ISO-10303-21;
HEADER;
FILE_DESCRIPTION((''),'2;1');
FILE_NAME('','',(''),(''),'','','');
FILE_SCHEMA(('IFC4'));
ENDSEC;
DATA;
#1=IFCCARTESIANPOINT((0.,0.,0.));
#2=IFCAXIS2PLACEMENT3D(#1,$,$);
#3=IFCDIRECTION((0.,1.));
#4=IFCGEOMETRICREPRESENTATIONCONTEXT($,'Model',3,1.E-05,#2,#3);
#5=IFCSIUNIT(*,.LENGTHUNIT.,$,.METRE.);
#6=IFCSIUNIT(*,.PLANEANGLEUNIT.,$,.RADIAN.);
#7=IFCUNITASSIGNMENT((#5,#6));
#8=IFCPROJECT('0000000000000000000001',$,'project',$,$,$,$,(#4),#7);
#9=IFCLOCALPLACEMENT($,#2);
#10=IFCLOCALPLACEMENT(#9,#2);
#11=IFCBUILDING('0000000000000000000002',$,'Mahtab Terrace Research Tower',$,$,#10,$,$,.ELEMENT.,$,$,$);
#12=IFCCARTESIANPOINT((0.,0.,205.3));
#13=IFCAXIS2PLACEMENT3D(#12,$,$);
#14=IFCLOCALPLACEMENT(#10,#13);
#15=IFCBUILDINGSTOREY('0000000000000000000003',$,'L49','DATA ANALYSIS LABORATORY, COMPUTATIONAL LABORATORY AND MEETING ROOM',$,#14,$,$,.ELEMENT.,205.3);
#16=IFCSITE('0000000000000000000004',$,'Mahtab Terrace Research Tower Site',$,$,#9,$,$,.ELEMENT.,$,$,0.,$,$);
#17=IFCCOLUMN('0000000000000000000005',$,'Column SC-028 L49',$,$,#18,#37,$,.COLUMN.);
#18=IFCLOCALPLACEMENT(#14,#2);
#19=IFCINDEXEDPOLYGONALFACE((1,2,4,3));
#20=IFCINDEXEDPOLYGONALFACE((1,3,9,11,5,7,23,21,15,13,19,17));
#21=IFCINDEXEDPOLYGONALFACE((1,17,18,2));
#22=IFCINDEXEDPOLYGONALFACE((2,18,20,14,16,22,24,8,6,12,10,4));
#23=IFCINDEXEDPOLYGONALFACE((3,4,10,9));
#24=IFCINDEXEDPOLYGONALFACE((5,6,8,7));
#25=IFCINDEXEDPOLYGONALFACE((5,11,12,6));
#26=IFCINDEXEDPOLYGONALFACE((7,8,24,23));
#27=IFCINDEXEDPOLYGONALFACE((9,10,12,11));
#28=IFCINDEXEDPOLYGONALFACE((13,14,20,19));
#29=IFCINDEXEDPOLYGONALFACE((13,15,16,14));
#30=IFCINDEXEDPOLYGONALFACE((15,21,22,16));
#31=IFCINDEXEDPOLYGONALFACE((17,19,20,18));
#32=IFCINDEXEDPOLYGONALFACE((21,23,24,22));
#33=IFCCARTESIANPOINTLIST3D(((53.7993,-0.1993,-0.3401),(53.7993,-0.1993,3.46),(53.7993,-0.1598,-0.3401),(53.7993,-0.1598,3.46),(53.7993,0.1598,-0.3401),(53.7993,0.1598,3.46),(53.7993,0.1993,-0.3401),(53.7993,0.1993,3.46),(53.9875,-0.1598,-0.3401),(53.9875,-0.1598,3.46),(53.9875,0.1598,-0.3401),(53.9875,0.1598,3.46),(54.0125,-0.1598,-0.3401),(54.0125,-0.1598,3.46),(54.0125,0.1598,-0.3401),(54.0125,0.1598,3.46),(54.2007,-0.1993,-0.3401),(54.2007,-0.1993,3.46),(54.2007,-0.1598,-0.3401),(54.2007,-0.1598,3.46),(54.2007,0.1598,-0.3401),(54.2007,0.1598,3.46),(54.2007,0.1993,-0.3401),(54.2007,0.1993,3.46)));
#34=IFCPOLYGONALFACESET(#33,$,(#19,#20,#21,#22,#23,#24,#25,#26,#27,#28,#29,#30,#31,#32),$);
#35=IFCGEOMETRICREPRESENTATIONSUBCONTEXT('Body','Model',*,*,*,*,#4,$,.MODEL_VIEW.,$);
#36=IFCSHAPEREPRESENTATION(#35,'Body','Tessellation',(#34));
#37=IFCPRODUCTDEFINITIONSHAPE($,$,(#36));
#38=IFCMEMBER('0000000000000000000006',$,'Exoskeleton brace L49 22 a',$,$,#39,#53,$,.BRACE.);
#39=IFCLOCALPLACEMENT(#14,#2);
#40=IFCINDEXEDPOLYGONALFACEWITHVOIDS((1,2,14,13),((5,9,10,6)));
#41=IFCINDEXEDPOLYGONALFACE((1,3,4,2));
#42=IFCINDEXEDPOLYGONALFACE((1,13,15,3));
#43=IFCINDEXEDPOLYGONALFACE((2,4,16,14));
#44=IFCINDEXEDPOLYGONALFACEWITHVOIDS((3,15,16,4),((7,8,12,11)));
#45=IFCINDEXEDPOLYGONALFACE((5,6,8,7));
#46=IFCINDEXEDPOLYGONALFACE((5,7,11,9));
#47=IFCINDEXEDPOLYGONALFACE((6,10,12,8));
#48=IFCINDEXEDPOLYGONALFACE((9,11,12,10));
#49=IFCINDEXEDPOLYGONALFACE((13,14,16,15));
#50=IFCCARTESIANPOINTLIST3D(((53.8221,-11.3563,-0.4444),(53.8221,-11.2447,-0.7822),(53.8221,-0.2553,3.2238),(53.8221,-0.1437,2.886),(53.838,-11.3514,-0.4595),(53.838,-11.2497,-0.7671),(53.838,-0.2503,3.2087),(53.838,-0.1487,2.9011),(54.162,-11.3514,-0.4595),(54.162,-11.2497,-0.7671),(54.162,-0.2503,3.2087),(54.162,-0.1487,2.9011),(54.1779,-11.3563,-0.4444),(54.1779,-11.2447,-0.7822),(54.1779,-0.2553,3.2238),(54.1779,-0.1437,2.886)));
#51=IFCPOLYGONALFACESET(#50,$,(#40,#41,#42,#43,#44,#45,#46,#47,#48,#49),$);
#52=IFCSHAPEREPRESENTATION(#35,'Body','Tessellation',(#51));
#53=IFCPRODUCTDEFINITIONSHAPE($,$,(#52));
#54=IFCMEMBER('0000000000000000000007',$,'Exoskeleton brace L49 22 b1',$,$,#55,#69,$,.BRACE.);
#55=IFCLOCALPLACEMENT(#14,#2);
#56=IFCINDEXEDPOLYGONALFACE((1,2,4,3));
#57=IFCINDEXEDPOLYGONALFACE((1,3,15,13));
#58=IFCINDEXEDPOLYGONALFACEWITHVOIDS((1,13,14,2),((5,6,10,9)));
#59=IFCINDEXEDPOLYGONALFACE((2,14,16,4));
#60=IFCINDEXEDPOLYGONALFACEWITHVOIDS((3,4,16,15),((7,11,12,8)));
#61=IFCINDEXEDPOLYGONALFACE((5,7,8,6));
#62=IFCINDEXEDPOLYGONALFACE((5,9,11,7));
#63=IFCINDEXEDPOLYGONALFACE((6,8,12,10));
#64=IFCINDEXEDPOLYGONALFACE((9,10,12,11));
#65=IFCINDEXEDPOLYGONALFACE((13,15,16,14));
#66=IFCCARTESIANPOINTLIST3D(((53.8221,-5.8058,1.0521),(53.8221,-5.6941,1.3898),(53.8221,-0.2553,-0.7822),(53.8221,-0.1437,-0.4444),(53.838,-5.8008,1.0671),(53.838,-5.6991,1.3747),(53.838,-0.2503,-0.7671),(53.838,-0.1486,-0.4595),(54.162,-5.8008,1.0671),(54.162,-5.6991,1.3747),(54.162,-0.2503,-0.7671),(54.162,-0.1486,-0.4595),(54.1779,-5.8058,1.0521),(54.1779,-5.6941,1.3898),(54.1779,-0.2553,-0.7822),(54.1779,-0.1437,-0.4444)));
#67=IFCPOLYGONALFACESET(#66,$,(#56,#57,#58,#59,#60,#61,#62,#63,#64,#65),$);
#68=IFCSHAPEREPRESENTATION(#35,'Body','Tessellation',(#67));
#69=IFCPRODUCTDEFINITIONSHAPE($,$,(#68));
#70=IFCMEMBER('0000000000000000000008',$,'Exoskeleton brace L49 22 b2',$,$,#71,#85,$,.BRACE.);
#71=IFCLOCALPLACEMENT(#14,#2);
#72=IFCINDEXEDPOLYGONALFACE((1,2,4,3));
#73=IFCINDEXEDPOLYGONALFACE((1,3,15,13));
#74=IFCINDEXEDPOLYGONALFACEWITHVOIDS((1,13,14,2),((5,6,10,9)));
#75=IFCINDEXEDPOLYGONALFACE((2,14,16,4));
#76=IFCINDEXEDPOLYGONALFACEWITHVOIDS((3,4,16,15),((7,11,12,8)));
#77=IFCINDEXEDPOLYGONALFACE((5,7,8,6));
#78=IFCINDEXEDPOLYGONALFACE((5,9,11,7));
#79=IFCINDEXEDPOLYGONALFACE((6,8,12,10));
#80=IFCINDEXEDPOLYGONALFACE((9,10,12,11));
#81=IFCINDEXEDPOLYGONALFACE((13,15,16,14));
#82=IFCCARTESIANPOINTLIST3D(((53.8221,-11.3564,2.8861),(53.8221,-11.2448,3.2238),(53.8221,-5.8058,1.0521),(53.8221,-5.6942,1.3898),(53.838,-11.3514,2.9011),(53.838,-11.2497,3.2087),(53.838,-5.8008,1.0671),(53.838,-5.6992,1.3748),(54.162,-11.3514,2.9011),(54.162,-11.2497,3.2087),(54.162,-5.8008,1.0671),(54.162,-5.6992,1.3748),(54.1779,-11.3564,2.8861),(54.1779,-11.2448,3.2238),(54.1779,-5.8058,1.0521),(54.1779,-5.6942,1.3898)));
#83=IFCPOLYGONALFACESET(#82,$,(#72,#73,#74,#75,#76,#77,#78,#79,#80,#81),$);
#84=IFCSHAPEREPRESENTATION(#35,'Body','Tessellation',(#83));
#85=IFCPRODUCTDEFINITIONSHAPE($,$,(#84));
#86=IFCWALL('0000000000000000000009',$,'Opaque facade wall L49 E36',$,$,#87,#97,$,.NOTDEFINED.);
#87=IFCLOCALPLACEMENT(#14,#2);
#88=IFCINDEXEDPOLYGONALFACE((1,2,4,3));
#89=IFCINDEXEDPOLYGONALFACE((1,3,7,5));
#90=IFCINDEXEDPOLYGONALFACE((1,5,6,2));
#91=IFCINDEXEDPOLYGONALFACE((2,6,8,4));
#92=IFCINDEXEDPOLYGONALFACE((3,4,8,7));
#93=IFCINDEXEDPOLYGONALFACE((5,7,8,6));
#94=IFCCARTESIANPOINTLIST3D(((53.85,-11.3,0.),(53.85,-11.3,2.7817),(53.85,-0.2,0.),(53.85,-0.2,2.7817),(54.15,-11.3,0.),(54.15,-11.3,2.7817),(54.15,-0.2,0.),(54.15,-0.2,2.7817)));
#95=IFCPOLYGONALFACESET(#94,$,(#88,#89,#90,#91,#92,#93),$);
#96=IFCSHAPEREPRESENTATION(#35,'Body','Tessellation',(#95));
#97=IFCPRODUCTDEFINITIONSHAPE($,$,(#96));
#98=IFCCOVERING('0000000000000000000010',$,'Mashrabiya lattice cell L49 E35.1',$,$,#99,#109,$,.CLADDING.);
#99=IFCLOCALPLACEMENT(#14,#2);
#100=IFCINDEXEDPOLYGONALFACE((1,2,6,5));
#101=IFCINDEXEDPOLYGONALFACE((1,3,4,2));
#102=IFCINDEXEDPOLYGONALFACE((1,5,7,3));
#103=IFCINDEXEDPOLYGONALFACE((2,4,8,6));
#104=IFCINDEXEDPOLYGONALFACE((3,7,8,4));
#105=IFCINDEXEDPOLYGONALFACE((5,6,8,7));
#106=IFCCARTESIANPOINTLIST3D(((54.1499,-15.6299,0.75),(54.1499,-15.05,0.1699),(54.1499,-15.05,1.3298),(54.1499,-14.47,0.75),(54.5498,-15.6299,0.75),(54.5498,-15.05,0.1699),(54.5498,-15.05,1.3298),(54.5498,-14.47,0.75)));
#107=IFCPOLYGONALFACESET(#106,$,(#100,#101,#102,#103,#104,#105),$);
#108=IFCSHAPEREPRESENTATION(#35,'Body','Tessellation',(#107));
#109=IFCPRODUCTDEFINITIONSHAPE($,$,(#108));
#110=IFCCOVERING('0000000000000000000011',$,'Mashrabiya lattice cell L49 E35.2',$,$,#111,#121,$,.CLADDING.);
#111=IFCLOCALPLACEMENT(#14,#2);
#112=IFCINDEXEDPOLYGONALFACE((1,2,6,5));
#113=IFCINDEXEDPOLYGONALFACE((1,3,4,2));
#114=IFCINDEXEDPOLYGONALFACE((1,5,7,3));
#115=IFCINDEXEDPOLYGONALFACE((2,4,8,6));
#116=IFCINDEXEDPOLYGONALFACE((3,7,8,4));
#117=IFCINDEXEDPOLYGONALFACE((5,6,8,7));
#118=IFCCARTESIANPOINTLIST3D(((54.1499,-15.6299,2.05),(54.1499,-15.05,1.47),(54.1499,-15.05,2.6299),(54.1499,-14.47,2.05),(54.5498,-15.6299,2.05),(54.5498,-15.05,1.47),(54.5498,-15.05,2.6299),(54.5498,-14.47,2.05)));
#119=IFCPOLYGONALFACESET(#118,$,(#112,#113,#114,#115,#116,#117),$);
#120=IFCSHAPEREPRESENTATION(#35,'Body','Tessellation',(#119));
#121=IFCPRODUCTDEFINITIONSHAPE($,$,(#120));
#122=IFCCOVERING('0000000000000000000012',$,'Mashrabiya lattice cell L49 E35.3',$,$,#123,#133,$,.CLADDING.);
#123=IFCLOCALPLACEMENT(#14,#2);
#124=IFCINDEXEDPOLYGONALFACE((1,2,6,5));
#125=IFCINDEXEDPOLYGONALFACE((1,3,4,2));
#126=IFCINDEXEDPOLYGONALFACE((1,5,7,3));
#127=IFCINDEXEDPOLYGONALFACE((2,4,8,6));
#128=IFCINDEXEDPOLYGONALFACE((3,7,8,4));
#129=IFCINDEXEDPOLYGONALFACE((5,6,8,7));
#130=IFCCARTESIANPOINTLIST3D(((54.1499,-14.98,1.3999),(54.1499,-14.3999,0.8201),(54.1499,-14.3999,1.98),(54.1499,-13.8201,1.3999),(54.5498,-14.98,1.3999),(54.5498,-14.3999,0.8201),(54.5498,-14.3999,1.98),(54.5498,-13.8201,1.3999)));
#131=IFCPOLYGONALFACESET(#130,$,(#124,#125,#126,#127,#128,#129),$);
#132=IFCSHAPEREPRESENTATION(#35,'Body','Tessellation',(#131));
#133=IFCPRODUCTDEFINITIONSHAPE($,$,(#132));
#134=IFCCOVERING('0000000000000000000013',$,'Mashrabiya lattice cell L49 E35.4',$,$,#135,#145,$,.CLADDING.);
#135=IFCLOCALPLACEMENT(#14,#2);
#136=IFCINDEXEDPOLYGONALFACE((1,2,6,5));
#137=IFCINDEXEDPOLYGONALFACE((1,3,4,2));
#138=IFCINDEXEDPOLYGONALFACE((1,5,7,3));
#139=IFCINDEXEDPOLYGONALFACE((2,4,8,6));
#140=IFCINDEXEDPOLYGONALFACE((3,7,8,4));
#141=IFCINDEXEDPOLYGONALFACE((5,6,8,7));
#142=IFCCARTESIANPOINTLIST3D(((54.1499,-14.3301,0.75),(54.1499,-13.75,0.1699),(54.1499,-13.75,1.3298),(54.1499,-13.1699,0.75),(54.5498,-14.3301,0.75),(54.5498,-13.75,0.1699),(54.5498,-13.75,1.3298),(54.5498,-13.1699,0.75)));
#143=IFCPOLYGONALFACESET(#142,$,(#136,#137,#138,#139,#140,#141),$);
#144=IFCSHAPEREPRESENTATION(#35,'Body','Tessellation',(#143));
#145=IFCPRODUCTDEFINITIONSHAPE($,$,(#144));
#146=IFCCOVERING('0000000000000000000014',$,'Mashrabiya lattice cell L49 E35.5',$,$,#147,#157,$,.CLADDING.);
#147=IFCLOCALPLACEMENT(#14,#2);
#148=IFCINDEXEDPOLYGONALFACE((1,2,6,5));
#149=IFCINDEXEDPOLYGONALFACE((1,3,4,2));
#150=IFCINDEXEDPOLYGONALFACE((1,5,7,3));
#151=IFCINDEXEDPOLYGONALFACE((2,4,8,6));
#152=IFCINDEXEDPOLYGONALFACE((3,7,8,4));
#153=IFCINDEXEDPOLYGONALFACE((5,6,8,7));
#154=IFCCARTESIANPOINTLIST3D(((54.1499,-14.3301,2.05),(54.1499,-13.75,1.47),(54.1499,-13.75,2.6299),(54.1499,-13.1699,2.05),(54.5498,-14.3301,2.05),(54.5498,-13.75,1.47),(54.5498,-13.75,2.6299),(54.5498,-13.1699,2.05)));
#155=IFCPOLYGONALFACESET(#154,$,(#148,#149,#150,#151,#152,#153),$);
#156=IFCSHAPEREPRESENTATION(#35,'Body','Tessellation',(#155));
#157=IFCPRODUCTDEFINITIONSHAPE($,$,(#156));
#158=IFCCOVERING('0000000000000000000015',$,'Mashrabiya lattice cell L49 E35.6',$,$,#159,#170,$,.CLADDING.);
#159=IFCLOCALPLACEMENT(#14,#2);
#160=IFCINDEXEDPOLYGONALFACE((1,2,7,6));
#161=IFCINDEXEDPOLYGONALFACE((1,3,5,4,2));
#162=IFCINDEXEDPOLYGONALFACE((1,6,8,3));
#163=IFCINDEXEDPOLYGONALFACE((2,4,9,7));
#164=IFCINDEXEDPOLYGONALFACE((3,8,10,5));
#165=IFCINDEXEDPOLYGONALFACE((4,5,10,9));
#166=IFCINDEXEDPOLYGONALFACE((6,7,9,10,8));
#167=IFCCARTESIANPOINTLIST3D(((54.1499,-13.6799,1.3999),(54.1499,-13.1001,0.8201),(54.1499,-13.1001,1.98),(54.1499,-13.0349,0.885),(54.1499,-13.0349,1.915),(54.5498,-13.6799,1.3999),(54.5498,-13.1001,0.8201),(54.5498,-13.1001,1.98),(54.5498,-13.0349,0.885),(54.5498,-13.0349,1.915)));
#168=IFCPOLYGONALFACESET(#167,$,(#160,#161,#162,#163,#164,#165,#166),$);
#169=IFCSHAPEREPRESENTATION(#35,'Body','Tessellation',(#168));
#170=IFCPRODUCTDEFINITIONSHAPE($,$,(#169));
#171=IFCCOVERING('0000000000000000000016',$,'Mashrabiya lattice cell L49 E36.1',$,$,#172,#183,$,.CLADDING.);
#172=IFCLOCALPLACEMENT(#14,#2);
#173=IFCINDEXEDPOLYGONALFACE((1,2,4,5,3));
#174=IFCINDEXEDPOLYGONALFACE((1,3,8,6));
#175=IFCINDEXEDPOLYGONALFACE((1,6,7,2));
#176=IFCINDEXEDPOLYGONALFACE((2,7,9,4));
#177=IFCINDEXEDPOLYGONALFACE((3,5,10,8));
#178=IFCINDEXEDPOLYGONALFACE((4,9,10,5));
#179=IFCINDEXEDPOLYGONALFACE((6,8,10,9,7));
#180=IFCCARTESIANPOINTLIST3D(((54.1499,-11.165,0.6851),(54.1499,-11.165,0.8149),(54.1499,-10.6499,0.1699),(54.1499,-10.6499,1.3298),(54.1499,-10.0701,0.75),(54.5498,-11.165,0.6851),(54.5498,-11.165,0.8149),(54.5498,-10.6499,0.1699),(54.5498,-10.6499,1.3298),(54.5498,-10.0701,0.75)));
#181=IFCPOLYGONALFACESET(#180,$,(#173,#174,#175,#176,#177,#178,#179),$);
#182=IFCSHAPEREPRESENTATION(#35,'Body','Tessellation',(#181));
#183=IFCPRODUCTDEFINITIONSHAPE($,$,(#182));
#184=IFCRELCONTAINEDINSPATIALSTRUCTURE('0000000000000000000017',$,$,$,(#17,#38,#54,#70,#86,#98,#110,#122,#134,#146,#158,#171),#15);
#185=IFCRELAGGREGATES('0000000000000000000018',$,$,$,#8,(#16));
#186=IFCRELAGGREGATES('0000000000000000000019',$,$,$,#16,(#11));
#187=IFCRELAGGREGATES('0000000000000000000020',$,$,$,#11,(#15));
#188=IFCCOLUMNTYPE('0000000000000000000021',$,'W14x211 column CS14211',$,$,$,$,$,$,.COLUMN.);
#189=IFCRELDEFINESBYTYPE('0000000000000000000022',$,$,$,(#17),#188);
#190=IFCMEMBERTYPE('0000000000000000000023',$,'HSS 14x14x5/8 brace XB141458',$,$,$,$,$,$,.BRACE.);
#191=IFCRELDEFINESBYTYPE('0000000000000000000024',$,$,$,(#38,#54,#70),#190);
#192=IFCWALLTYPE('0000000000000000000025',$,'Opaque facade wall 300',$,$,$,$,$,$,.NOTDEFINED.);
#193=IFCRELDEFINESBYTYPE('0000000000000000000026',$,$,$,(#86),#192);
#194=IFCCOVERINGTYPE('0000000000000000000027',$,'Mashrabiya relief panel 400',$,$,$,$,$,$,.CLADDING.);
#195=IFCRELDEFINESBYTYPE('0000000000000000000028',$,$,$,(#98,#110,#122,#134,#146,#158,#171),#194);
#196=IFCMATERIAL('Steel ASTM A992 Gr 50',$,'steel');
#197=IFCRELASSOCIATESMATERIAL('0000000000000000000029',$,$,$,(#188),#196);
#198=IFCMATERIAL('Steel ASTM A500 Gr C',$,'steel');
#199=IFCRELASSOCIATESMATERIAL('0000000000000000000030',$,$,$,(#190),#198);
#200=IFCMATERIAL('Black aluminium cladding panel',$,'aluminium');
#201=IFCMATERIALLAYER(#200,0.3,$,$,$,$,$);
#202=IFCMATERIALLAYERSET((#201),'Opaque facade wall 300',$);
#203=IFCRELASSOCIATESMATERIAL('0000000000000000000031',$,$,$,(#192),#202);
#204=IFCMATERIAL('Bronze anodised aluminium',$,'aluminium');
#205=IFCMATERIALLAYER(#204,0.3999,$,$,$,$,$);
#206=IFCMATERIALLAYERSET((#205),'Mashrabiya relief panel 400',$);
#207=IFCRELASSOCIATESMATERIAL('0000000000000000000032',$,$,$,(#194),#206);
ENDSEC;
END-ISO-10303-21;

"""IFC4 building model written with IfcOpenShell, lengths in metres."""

from ifc_helpers import new_model, si_unit, direction, frame, frame_2d, origin, origin_2d, place, context, subcontext, project, spatial, polyline, rectangle, hollow_rectangle, i_section, outline, extrude, material, layer, layer_set, material_profile, profile_set, type_object, element, save


model = new_model("IFC4")

# Units and contexts
model_context = context("Model", 3, precision=1e-05, world=origin(), true_north=direction((0.0, 1.0)))
body_context = subcontext(model_context, "Body", "Model", "MODEL_VIEW")
ifc_project = project(units=[si_unit("LENGTHUNIT", "METRE"), si_unit("PLANEANGLEUNIT", "RADIAN")], contexts=[model_context])

# Site, building, storey
site_placement = place(None, origin())
site = spatial("IfcSite", under=ifc_project, at=site_placement, Name="Mahtab Terrace Research Tower Site", CompositionType="ELEMENT", RefElevation=0.0)
building_placement = place(site_placement, origin())
building = spatial("IfcBuilding", under=site, at=building_placement, Name="Mahtab Terrace Research Tower", CompositionType="ELEMENT")
storey_placement = place(building_placement, frame((0.0, 0.0, 205.3)))
storey = spatial("IfcBuildingStorey", under=building, at=storey_placement, Name="L49", Description="DATA ANALYSIS LABORATORY, COMPUTATIONAL LABORATORY AND MEETING ROOM", CompositionType="ELEMENT", Elevation=205.3)

# Column
ifc_material_1 = material(Name="Steel ASTM A992 Gr 50", Category="steel")
ifc_material_profile_1 = material_profile(ifc_material_1, i_section(OverallWidth=0.4014, OverallDepth=0.3987, WebThickness=0.0249, FlangeThickness=0.0396, at=origin_2d()), Name="W14X211")
ifc_profile_set_1 = profile_set([ifc_material_profile_1], Name="Steel ASTM A992 Gr 50")
column_type = type_object("IfcColumnType", Name="W14x211 column CS14211", PredefinedType="COLUMN", material=ifc_profile_set_1)
column_placement = place(storey_placement, frame((54.0, 0.0, -0.3401), z_axis=(0.0, 0.0, 1.0), x_axis=(1.0, 0.0, 0.0)))
element("IfcColumn", 1, at=column_placement, inside=storey, type_object=column_type, Name="Column SC-028 L49", PredefinedType="COLUMN", context=body_context, shape_type="SweptSolid", body=[
    extrude(i_section(OverallWidth=0.4014, OverallDepth=0.3987, WebThickness=0.0249, FlangeThickness=0.0396, at=origin_2d()), origin(), (0.0, 0.0, 1.0), 3.8),
])

# Members
ifc_material_2 = material(Name="Steel ASTM A500 Gr C", Category="steel")
ifc_material_profile_2 = material_profile(ifc_material_2, hollow_rectangle(XDim=0.3557, YDim=0.3557, WallThickness=0.0159, at=origin_2d()), Name="HSS14X14X5/8")
ifc_profile_set_2 = profile_set([ifc_material_profile_2], Name="Steel ASTM A500 Gr C")
member_type = type_object("IfcMemberType", Name="HSS 14x14x5/8 brace XB141458", PredefinedType="BRACE", material=ifc_profile_set_2)
member_placement = place(storey_placement, frame((54.0, -11.3005, -0.6133), z_axis=(0.0, 0.949505, 0.313752), x_axis=(-1.0, 0.0, 0.0)))
element("IfcMember", 2, at=member_placement, inside=storey, type_object=member_type, Name="Exoskeleton brace L49 22 a", PredefinedType="BRACE", context=body_context, shape_type="SweptSolid", body=[
    extrude(hollow_rectangle(XDim=0.3557, YDim=0.3557, WallThickness=0.0159, at=origin_2d()), origin(), (0.0, 0.0, 1.0), 11.6914),
])
for number, where, z_axis, x_axis, name in (
    (3, (54.0, -0.1995, -0.6133), (0.0, -0.949499, 0.313771), (1.0, 0.0, 0.0), "Exoskeleton brace L49 22 b1"),
    (4, (54.0, -5.75, 1.2209), (0.0, -0.949511, 0.313733), (1.0, 0.0, 0.0), "Exoskeleton brace L49 22 b2"),
):
    element("IfcMember", number, at=place(storey_placement, frame(where, z_axis=z_axis, x_axis=x_axis)), inside=storey, type_object=member_type, Name=name, PredefinedType="BRACE", context=body_context, shape_type="SweptSolid", body=[
        extrude(hollow_rectangle(XDim=0.3557, YDim=0.3557, WallThickness=0.0159, at=origin_2d()), origin(), (0.0, 0.0, 1.0), 5.8457),
    ])

# Wall
ifc_material_3 = material(Name="Black aluminium cladding panel", Category="aluminium")
ifc_layer_1 = layer(ifc_material_3, 0.3)
ifc_layer_set_1 = layer_set([ifc_layer_1], Name="Opaque facade wall 300")
wall_type = type_object("IfcWallType", Name="Opaque facade wall 300", PredefinedType="NOTDEFINED", material=ifc_layer_set_1)
wall_placement = place(storey_placement, frame((54.0, -11.3, 0.0), z_axis=(0.0, 0.0, 1.0), x_axis=(0.0, 1.0, 0.0)))
element("IfcWall", 5, at=wall_placement, inside=storey, type_object=wall_type, Name="Opaque facade wall L49 E36", PredefinedType="NOTDEFINED", context=body_context, shape_type="SweptSolid", body=[
    extrude(rectangle(XDim=11.1001, YDim=0.3, at=frame_2d((5.55, 0.0))), origin(), (0.0, 0.0, 1.0), 2.7817),
])

# Coverings
ifc_material_4 = material(Name="Bronze anodised aluminium", Category="aluminium")
ifc_layer_2 = layer(ifc_material_4, 0.3999)
ifc_layer_set_2 = layer_set([ifc_layer_2], Name="Mashrabiya relief panel 400")
covering_type_1 = type_object("IfcCoveringType", Name="Mashrabiya relief panel 400", PredefinedType="CLADDING", material=ifc_layer_set_2)
for number, where, z_axis, x_axis, name in (
    (6, (54.1499, -15.05, 1.3298), (-1.0, 0.0, 0.0), (0.0, 0.707256, -0.706958), "Mashrabiya lattice cell L49 E35.1"),
    (7, (54.1499, -15.05, 2.6299), (-1.0, 0.0, 0.0), (0.0, 0.707256, -0.706958), "Mashrabiya lattice cell L49 E35.2"),
):
    element("IfcCovering", number, at=place(storey_placement, frame(where, z_axis=z_axis, x_axis=x_axis)), inside=storey, type_object=covering_type_1, Name=name, PredefinedType="CLADDING", context=body_context, shape_type="SweptSolid", body=[
        extrude(outline(polyline([(0.0, 0.0), (0.8202, 0.0), (0.82, 0.8204), (-0.0002, 0.82), (0.0, 0.0)])), origin(), (0.0, 0.0, -1.0), 0.3999),
    ])
covering_1_placement = place(storey_placement, frame((54.1499, -14.3999, 1.98), z_axis=(-1.0, 0.0, 0.0), x_axis=(0.0, 0.706958, -0.707256)))
element("IfcCovering", 8, at=covering_1_placement, inside=storey, type_object=covering_type_1, Name="Mashrabiya lattice cell L49 E35.3", PredefinedType="CLADDING", context=body_context, shape_type="SweptSolid", body=[
    extrude(outline(polyline([(0.0, 0.0), (0.8202, 0.0), (0.8204, 0.82), (0.0002, 0.8204), (0.0, 0.0)])), origin(), (0.0, 0.0, -1.0), 0.3999),
])
for number, where, z_axis, x_axis, name in (
    (9, (54.1499, -13.75, 1.3298), (-1.0, 0.0, 0.0), (0.0, 0.707256, -0.706958), "Mashrabiya lattice cell L49 E35.4"),
    (10, (54.1499, -13.75, 2.6299), (-1.0, 0.0, 0.0), (0.0, 0.707256, -0.706958), "Mashrabiya lattice cell L49 E35.5"),
):
    element("IfcCovering", number, at=place(storey_placement, frame(where, z_axis=z_axis, x_axis=x_axis)), inside=storey, type_object=covering_type_1, Name=name, PredefinedType="CLADDING", context=body_context, shape_type="SweptSolid", body=[
        extrude(outline(polyline([(0.0, 0.0), (0.8202, 0.0), (0.82, 0.8204), (-0.0003, 0.8202), (0.0, 0.0)])), origin(), (0.0, 0.0, -1.0), 0.3999),
    ])
covering_2_placement = place(storey_placement, frame((54.1499, -13.1001, 0.8201), z_axis=(-1.0, 0.0, 0.0), x_axis=(0.0, -0.707107, 0.707107)))
element("IfcCovering", 11, at=covering_2_placement, inside=storey, type_object=covering_type_1, Name="Mashrabiya lattice cell L49 E35.6", PredefinedType="CLADDING", context=body_context, shape_type="SweptSolid", body=[
    extrude(outline(polyline([(0.0, 0.0), (0.82, 0.0), (0.8202, 0.8202), (0.7282, 0.8204), (-0.0002, 0.092), (0.0, 0.0)])), origin(), (0.0, 0.0, -1.0), 0.3999),
])
covering_3_placement = place(storey_placement, frame((54.1499, -10.6499, 1.3298), z_axis=(-1.0, 0.0, 0.0), x_axis=(0.0, 0.707107, -0.707107)))
element("IfcCovering", 12, at=covering_3_placement, inside=storey, type_object=covering_type_1, Name="Mashrabiya lattice cell L49 E36.1", PredefinedType="CLADDING", context=body_context, shape_type="SweptSolid", body=[
    extrude(outline(polyline([(0.0, 0.0), (0.82, 0.0), (0.8202, 0.8202), (0.0917, 0.8202), (-0.0002, 0.7283), (0.0, 0.0)])), origin(), (0.0, 0.0, -1.0), 0.3999),
])

save(model, "model.ifc")
